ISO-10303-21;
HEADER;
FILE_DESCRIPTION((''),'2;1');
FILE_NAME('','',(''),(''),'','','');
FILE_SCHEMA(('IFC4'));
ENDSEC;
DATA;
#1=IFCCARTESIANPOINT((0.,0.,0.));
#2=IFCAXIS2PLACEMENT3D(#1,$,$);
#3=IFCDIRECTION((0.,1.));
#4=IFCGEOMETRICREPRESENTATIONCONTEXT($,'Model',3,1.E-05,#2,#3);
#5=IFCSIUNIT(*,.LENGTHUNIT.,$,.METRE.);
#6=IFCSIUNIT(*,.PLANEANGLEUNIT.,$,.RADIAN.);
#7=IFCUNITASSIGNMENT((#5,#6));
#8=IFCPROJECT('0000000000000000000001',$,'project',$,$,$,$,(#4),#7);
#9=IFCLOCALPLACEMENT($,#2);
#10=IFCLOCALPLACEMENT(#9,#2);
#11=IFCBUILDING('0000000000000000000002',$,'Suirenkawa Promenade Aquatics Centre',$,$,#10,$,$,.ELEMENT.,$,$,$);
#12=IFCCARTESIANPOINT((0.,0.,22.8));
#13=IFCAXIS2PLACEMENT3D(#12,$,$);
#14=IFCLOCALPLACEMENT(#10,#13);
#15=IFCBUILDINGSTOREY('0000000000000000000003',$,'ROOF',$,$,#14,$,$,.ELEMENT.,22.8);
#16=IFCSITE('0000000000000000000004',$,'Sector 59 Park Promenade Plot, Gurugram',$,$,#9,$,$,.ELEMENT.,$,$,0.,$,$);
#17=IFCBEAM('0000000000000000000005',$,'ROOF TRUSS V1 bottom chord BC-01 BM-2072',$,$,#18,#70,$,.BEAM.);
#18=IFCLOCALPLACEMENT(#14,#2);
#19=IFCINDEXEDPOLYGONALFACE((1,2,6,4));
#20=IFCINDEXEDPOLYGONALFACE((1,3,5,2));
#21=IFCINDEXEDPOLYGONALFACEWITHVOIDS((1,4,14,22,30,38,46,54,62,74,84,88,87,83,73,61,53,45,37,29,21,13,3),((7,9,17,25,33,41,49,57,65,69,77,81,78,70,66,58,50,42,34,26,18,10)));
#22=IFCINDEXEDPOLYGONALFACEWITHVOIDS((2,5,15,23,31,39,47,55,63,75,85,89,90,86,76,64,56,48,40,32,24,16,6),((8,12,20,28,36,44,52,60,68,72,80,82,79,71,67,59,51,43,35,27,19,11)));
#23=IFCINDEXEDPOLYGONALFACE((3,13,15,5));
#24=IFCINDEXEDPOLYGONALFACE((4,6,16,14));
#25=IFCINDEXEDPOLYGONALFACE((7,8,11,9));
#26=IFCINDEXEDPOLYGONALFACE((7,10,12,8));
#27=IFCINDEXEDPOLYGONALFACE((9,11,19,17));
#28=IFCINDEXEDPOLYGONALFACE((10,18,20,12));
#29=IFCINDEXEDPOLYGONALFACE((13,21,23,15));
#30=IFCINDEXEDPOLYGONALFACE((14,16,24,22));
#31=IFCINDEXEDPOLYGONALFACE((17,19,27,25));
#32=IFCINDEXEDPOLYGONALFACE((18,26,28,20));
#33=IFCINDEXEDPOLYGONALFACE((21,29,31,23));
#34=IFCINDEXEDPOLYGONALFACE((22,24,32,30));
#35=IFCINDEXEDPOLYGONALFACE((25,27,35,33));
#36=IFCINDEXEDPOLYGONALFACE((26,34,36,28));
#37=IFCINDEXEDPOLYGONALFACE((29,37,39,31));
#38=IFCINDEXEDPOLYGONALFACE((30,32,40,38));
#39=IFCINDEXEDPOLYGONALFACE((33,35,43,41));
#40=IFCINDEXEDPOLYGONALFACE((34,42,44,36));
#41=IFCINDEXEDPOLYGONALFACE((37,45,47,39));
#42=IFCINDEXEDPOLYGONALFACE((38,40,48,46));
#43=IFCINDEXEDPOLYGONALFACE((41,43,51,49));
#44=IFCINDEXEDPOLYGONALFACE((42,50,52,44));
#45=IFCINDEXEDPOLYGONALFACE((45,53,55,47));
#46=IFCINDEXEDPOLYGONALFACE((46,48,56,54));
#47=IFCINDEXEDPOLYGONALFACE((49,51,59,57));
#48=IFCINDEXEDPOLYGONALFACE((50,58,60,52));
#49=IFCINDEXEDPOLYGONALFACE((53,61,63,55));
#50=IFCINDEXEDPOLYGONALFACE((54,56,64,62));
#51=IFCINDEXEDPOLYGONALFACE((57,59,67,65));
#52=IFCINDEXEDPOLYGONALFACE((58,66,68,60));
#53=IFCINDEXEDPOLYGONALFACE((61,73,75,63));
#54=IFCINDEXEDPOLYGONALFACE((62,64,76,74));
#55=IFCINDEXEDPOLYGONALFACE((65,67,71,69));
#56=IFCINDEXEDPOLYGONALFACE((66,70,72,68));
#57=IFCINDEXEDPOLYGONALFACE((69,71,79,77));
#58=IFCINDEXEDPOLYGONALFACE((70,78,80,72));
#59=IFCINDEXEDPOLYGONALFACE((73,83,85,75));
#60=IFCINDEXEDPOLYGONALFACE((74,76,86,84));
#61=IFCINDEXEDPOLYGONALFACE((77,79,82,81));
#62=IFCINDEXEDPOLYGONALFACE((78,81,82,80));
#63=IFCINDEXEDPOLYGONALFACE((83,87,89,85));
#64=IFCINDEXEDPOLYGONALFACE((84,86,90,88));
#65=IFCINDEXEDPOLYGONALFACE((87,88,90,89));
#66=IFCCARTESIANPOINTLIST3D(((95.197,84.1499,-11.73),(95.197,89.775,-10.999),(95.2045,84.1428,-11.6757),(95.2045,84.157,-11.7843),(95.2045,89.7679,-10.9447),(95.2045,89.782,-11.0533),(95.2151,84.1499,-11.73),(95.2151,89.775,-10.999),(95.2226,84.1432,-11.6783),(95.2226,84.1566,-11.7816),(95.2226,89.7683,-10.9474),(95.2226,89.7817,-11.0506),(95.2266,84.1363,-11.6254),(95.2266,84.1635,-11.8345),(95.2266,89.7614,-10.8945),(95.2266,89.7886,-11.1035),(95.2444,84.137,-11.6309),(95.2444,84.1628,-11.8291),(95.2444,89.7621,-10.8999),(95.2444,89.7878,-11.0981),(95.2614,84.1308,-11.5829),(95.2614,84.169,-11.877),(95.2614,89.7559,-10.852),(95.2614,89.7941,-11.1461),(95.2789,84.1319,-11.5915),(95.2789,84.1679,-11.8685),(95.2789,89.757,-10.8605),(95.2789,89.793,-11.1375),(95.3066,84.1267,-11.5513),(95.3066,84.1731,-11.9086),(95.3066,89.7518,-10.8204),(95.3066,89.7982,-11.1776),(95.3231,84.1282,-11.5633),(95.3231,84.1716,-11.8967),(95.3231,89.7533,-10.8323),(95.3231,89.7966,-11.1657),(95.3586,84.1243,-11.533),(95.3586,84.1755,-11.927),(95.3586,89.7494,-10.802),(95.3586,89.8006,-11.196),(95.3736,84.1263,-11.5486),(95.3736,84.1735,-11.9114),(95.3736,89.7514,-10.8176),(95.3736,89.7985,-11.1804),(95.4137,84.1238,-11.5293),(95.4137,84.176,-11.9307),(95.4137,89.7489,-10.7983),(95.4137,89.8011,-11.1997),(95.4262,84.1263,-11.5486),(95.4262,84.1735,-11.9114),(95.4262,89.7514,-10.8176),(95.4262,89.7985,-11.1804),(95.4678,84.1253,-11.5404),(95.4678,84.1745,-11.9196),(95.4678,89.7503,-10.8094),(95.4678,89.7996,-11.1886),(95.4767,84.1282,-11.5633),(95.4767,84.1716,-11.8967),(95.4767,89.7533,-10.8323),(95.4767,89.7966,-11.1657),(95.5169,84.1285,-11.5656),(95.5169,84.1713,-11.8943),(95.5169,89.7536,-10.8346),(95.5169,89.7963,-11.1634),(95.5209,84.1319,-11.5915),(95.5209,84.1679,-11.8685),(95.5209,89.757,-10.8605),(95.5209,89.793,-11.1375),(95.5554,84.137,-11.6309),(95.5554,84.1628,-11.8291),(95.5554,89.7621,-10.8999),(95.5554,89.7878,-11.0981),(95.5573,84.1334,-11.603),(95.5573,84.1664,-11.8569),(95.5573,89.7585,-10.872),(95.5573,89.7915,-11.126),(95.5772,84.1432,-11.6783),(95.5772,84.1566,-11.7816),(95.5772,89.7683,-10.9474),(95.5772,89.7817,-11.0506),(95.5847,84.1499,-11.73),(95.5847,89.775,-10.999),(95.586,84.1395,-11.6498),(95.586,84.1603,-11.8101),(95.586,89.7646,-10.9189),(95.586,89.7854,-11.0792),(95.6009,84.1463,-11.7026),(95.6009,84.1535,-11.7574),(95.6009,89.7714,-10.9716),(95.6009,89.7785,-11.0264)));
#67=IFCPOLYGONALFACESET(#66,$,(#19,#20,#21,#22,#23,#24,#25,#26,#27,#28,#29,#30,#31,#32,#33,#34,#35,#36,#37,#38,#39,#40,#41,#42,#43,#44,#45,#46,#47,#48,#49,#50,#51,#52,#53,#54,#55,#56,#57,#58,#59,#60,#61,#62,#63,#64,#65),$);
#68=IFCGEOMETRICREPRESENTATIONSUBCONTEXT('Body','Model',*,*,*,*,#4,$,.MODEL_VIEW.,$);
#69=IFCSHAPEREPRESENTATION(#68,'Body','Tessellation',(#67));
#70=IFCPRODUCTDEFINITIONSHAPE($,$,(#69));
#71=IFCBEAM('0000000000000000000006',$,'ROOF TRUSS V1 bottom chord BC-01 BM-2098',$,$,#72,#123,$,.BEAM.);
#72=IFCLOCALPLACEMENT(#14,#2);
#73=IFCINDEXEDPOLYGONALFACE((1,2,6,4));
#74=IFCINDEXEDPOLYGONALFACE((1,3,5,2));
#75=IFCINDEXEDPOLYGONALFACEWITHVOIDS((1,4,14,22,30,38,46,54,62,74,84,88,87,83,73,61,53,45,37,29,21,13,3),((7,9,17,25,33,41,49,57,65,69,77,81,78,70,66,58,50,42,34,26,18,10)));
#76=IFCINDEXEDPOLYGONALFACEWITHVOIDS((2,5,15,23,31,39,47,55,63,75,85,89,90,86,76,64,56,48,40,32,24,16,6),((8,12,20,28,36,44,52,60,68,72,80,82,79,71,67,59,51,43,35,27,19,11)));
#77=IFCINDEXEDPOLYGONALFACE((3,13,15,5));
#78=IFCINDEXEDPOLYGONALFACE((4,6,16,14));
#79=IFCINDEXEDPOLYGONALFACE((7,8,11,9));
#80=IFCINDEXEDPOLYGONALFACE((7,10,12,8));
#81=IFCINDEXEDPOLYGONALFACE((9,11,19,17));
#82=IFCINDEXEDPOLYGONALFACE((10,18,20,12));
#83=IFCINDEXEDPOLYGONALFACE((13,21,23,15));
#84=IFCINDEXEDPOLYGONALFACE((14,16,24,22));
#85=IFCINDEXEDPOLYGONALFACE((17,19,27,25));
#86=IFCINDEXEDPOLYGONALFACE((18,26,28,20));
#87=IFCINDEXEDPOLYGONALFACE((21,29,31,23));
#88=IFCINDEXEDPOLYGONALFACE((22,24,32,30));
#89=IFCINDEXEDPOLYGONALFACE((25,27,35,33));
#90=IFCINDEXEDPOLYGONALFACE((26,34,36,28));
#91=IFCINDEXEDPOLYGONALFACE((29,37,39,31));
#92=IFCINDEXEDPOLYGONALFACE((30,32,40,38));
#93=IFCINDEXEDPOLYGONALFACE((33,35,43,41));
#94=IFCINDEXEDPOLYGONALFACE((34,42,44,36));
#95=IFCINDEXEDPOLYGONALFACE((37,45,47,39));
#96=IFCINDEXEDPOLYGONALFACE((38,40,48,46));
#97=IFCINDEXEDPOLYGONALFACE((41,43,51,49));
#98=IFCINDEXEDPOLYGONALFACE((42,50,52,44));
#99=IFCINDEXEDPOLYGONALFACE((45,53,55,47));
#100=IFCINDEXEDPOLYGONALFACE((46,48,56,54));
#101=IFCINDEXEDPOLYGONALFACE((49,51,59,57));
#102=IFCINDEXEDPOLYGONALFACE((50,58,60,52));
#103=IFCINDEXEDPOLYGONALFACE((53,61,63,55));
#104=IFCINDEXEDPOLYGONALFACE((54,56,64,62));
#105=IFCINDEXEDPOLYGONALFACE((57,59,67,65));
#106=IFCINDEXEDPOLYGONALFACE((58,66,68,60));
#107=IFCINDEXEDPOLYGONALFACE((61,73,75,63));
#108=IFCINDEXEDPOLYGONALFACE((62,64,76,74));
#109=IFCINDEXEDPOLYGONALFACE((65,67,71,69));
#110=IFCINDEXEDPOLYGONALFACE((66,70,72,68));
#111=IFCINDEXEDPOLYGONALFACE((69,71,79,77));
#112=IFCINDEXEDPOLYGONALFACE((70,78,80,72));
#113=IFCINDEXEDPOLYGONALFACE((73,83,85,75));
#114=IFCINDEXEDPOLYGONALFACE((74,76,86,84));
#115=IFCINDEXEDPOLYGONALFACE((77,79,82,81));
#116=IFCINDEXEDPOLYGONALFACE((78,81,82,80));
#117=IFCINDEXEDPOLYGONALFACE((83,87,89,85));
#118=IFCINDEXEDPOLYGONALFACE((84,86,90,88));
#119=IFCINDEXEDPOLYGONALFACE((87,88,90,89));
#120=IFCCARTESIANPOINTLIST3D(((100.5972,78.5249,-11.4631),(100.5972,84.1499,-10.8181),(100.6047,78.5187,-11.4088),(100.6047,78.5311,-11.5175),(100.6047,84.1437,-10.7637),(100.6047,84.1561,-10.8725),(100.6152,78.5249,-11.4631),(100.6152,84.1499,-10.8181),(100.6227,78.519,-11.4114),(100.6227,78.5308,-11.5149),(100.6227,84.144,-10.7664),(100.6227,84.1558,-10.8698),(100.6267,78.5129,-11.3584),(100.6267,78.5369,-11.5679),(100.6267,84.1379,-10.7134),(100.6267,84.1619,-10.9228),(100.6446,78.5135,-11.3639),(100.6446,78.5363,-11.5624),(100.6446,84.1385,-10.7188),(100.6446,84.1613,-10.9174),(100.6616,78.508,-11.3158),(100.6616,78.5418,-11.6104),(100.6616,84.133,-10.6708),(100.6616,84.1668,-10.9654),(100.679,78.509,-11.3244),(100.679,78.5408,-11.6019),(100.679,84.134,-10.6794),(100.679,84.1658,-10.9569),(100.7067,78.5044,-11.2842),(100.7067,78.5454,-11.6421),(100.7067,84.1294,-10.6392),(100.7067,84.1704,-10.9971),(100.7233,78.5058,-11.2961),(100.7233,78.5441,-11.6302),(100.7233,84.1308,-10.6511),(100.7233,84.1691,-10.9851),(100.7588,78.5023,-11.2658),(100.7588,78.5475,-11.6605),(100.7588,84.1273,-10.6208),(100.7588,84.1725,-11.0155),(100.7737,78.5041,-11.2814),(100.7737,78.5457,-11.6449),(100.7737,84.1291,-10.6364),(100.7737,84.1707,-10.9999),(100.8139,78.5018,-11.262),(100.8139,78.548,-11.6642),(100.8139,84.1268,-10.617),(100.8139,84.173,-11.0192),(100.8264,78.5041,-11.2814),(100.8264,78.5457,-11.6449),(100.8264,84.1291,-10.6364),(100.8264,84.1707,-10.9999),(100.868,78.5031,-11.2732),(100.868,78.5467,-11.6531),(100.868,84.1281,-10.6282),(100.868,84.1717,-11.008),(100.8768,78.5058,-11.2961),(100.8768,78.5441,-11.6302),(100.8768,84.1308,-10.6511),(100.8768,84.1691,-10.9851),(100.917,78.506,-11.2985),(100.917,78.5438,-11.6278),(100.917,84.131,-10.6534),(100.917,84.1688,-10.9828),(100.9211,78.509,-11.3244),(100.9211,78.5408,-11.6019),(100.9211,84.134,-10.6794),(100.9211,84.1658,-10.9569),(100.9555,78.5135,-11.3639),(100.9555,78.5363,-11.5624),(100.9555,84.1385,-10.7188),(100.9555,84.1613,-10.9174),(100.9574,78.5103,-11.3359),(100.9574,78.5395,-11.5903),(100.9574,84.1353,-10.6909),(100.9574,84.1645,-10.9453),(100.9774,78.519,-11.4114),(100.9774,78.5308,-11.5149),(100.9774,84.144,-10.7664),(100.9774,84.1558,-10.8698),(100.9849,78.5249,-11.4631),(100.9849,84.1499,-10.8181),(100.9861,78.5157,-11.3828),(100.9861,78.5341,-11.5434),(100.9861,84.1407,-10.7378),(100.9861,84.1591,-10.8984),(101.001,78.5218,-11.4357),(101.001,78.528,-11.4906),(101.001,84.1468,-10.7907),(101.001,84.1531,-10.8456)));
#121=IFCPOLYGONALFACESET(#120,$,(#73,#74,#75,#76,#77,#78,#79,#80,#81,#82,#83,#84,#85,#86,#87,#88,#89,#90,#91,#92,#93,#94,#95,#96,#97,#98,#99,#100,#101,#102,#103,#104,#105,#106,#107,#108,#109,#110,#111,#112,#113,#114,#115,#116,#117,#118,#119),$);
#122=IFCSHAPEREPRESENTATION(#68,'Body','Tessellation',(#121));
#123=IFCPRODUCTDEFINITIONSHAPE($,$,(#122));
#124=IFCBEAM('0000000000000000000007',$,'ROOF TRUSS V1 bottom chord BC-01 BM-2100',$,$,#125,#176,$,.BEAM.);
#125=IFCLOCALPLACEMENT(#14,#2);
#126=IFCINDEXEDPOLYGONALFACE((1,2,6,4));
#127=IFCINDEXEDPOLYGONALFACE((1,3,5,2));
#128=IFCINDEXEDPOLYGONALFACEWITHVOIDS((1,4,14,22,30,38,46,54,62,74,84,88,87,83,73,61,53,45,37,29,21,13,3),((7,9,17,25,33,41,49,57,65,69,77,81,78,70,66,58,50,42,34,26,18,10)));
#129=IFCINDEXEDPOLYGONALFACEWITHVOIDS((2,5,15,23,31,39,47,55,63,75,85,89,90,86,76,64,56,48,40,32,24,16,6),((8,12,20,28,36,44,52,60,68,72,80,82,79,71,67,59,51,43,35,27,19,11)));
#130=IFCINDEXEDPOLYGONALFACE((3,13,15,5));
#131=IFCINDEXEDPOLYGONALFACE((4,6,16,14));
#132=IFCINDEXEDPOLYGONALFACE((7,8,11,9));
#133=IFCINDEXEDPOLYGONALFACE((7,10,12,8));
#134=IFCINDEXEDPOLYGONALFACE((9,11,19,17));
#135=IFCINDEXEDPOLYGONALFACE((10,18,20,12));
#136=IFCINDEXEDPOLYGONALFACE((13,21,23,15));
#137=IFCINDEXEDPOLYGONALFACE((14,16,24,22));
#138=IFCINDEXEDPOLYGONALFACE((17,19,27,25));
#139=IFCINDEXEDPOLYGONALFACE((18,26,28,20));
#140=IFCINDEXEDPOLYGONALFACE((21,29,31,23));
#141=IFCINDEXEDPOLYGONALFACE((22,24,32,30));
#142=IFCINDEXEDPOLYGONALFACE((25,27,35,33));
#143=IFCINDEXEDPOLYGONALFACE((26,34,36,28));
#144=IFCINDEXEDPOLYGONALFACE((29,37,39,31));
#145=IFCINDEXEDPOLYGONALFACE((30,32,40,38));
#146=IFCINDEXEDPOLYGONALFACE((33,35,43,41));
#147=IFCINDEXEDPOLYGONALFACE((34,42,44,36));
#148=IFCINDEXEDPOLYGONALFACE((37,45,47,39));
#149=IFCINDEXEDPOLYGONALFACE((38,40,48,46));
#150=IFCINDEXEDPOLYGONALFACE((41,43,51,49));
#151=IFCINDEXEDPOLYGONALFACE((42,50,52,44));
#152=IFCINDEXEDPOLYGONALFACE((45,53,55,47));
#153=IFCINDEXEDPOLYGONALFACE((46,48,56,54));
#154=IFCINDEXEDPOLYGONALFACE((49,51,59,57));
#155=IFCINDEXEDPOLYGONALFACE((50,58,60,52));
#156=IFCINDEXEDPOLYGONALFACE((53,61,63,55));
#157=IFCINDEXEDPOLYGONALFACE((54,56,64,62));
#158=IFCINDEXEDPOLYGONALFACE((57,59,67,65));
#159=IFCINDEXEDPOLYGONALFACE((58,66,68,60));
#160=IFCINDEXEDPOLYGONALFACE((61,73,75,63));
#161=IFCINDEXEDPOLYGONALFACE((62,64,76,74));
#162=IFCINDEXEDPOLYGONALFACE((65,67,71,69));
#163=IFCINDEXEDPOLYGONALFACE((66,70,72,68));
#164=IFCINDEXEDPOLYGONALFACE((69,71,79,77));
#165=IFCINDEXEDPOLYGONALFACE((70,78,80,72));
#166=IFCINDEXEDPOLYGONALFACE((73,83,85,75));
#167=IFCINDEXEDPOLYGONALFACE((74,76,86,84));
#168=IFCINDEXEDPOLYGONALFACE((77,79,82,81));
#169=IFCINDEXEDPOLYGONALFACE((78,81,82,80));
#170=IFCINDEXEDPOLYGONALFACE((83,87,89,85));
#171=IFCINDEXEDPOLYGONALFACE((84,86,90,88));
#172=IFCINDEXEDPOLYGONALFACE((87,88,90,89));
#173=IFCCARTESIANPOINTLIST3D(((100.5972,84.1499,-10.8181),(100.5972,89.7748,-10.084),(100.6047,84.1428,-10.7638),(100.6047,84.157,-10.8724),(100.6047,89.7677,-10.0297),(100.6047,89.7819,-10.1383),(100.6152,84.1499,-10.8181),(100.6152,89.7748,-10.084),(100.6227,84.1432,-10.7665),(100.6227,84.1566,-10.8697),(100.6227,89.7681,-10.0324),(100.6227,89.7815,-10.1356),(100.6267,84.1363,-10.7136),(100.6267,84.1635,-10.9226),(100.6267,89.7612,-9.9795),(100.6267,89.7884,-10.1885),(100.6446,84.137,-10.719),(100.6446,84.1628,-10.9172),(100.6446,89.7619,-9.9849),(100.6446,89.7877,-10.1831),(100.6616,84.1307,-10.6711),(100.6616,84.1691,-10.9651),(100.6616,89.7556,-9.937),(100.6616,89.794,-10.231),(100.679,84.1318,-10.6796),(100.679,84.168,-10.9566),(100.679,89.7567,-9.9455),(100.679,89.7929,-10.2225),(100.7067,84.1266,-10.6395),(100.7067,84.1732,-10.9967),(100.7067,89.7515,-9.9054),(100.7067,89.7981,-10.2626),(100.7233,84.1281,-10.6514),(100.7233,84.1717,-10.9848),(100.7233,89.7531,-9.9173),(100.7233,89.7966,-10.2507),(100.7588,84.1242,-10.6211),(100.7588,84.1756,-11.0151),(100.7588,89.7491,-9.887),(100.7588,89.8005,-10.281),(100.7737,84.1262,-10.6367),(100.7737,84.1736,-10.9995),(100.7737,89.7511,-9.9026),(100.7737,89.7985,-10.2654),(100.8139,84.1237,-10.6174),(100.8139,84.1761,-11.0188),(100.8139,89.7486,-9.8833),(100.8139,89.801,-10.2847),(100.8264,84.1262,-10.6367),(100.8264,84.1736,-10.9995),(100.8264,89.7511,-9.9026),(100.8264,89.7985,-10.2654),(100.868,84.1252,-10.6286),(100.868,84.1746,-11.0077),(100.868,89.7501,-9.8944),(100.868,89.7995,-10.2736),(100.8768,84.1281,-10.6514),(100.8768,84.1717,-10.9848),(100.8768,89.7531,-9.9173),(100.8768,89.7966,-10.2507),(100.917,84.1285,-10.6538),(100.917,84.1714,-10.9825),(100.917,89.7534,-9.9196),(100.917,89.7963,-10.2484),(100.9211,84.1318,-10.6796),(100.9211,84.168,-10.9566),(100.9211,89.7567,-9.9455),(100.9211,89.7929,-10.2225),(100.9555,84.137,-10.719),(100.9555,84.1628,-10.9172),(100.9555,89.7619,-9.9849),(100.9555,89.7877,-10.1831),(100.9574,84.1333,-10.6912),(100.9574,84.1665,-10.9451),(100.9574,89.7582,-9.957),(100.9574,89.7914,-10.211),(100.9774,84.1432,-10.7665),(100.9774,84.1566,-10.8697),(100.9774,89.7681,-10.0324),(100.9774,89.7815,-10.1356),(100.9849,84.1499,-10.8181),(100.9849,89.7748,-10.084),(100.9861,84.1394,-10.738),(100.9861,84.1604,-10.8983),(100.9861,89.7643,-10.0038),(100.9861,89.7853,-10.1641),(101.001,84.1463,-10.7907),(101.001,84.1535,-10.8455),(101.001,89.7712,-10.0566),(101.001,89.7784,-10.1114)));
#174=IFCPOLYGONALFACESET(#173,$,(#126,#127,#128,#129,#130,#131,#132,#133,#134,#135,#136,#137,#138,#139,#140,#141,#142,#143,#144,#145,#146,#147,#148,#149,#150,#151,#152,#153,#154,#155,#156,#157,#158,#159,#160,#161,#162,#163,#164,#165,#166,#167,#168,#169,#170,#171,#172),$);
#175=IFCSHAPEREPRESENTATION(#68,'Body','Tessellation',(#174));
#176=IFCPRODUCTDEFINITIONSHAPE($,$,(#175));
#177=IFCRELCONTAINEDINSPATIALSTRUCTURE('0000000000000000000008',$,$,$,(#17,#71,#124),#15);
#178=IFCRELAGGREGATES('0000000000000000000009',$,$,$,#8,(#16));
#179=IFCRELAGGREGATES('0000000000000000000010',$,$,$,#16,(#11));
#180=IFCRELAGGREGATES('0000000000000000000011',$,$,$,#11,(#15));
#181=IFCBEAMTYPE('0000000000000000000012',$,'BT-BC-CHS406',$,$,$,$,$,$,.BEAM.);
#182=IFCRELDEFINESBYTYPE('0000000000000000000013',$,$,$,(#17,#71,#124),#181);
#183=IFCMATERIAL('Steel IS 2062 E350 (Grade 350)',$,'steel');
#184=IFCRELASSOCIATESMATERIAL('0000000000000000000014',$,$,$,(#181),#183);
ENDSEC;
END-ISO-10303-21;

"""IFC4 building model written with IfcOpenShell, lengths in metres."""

from ifc_helpers import new_model, si_unit, direction, frame, origin, origin_2d, place, context, subcontext, project, spatial, hollow_circle, extrude, material, material_profile, profile_set, type_object, element, save


model = new_model("IFC4")

# Units and contexts
model_context = context("Model", 3, precision=1e-05, world=origin(), true_north=direction((0.0, 1.0)))
body_context = subcontext(model_context, "Body", "Model", "MODEL_VIEW")
ifc_project = project(units=[si_unit("LENGTHUNIT", "METRE"), si_unit("PLANEANGLEUNIT", "RADIAN")], contexts=[model_context])

# Site, building, storey
site_placement = place(None, origin())
site = spatial("IfcSite", under=ifc_project, at=site_placement, Name="Sector 59 Park Promenade Plot, Gurugram", CompositionType="ELEMENT", RefElevation=0.0)
building_placement = place(site_placement, origin())
building = spatial("IfcBuilding", under=site, at=building_placement, Name="Suirenkawa Promenade Aquatics Centre", CompositionType="ELEMENT")
storey_placement = place(building_placement, frame((0.0, 0.0, 22.8)))
storey = spatial("IfcBuildingStorey", under=building, at=storey_placement, Name="ROOF", CompositionType="ELEMENT", Elevation=22.8)

# Beams
ifc_material = material(Name="Steel IS 2062 E350 (Grade 350)", Category="steel")
ifc_material_profile_1 = material_profile(ifc_material, hollow_circle(Radius=0.2029, WallThickness=0.0181, at=origin_2d()), Name="CHS 406x18", Category="steel")
ifc_profile_set_1 = profile_set([ifc_material_profile_1], Name="Steel IS 2062 E350 (Grade 350)")
beam_type_1 = type_object("IfcBeamType", Name="BT-BC-CHS406", PredefinedType="BEAM", material=ifc_profile_set_1)
beam_1_placement = place(storey_placement, frame((95.3999, 84.1499, -11.73), z_axis=(0.0, 0.991662, 0.128864), x_axis=(-1.0, 0.0, 0.0)))
element("IfcBeam", 1, at=beam_1_placement, inside=storey, type_object=beam_type_1, Name="ROOF TRUSS V1 bottom chord BC-01 BM-2072", PredefinedType="BEAM", context=body_context, shape_type="SweptSolid", body=[
    extrude(hollow_circle(Radius=0.2029, WallThickness=0.0181, at=origin_2d()), origin(), (0.0, 0.0, 1.0), 5.6724),
])
beam_2_placement = place(storey_placement, frame((100.8, 78.5249, -11.4631), z_axis=(0.0, 0.99349, 0.113924), x_axis=(-1.0, 0.0, 0.0)))
element("IfcBeam", 2, at=beam_2_placement, inside=storey, type_object=beam_type_1, Name="ROOF TRUSS V1 bottom chord BC-01 BM-2098", PredefinedType="BEAM", context=body_context, shape_type="SweptSolid", body=[
    extrude(hollow_circle(Radius=0.2029, WallThickness=0.0181, at=origin_2d()), origin(), (0.0, 0.0, 1.0), 5.6619),
])
beam_3_placement = place(storey_placement, frame((100.8, 84.1499, -10.8181), z_axis=(0.0, 0.991591, 0.129415), x_axis=(-1.0, 0.0, 0.0)))
element("IfcBeam", 3, at=beam_3_placement, inside=storey, type_object=beam_type_1, Name="ROOF TRUSS V1 bottom chord BC-01 BM-2100", PredefinedType="BEAM", context=body_context, shape_type="SweptSolid", body=[
    extrude(hollow_circle(Radius=0.2029, WallThickness=0.0181, at=origin_2d()), origin(), (0.0, 0.0, 1.0), 5.6726),
])

save(model, "model.ifc")
